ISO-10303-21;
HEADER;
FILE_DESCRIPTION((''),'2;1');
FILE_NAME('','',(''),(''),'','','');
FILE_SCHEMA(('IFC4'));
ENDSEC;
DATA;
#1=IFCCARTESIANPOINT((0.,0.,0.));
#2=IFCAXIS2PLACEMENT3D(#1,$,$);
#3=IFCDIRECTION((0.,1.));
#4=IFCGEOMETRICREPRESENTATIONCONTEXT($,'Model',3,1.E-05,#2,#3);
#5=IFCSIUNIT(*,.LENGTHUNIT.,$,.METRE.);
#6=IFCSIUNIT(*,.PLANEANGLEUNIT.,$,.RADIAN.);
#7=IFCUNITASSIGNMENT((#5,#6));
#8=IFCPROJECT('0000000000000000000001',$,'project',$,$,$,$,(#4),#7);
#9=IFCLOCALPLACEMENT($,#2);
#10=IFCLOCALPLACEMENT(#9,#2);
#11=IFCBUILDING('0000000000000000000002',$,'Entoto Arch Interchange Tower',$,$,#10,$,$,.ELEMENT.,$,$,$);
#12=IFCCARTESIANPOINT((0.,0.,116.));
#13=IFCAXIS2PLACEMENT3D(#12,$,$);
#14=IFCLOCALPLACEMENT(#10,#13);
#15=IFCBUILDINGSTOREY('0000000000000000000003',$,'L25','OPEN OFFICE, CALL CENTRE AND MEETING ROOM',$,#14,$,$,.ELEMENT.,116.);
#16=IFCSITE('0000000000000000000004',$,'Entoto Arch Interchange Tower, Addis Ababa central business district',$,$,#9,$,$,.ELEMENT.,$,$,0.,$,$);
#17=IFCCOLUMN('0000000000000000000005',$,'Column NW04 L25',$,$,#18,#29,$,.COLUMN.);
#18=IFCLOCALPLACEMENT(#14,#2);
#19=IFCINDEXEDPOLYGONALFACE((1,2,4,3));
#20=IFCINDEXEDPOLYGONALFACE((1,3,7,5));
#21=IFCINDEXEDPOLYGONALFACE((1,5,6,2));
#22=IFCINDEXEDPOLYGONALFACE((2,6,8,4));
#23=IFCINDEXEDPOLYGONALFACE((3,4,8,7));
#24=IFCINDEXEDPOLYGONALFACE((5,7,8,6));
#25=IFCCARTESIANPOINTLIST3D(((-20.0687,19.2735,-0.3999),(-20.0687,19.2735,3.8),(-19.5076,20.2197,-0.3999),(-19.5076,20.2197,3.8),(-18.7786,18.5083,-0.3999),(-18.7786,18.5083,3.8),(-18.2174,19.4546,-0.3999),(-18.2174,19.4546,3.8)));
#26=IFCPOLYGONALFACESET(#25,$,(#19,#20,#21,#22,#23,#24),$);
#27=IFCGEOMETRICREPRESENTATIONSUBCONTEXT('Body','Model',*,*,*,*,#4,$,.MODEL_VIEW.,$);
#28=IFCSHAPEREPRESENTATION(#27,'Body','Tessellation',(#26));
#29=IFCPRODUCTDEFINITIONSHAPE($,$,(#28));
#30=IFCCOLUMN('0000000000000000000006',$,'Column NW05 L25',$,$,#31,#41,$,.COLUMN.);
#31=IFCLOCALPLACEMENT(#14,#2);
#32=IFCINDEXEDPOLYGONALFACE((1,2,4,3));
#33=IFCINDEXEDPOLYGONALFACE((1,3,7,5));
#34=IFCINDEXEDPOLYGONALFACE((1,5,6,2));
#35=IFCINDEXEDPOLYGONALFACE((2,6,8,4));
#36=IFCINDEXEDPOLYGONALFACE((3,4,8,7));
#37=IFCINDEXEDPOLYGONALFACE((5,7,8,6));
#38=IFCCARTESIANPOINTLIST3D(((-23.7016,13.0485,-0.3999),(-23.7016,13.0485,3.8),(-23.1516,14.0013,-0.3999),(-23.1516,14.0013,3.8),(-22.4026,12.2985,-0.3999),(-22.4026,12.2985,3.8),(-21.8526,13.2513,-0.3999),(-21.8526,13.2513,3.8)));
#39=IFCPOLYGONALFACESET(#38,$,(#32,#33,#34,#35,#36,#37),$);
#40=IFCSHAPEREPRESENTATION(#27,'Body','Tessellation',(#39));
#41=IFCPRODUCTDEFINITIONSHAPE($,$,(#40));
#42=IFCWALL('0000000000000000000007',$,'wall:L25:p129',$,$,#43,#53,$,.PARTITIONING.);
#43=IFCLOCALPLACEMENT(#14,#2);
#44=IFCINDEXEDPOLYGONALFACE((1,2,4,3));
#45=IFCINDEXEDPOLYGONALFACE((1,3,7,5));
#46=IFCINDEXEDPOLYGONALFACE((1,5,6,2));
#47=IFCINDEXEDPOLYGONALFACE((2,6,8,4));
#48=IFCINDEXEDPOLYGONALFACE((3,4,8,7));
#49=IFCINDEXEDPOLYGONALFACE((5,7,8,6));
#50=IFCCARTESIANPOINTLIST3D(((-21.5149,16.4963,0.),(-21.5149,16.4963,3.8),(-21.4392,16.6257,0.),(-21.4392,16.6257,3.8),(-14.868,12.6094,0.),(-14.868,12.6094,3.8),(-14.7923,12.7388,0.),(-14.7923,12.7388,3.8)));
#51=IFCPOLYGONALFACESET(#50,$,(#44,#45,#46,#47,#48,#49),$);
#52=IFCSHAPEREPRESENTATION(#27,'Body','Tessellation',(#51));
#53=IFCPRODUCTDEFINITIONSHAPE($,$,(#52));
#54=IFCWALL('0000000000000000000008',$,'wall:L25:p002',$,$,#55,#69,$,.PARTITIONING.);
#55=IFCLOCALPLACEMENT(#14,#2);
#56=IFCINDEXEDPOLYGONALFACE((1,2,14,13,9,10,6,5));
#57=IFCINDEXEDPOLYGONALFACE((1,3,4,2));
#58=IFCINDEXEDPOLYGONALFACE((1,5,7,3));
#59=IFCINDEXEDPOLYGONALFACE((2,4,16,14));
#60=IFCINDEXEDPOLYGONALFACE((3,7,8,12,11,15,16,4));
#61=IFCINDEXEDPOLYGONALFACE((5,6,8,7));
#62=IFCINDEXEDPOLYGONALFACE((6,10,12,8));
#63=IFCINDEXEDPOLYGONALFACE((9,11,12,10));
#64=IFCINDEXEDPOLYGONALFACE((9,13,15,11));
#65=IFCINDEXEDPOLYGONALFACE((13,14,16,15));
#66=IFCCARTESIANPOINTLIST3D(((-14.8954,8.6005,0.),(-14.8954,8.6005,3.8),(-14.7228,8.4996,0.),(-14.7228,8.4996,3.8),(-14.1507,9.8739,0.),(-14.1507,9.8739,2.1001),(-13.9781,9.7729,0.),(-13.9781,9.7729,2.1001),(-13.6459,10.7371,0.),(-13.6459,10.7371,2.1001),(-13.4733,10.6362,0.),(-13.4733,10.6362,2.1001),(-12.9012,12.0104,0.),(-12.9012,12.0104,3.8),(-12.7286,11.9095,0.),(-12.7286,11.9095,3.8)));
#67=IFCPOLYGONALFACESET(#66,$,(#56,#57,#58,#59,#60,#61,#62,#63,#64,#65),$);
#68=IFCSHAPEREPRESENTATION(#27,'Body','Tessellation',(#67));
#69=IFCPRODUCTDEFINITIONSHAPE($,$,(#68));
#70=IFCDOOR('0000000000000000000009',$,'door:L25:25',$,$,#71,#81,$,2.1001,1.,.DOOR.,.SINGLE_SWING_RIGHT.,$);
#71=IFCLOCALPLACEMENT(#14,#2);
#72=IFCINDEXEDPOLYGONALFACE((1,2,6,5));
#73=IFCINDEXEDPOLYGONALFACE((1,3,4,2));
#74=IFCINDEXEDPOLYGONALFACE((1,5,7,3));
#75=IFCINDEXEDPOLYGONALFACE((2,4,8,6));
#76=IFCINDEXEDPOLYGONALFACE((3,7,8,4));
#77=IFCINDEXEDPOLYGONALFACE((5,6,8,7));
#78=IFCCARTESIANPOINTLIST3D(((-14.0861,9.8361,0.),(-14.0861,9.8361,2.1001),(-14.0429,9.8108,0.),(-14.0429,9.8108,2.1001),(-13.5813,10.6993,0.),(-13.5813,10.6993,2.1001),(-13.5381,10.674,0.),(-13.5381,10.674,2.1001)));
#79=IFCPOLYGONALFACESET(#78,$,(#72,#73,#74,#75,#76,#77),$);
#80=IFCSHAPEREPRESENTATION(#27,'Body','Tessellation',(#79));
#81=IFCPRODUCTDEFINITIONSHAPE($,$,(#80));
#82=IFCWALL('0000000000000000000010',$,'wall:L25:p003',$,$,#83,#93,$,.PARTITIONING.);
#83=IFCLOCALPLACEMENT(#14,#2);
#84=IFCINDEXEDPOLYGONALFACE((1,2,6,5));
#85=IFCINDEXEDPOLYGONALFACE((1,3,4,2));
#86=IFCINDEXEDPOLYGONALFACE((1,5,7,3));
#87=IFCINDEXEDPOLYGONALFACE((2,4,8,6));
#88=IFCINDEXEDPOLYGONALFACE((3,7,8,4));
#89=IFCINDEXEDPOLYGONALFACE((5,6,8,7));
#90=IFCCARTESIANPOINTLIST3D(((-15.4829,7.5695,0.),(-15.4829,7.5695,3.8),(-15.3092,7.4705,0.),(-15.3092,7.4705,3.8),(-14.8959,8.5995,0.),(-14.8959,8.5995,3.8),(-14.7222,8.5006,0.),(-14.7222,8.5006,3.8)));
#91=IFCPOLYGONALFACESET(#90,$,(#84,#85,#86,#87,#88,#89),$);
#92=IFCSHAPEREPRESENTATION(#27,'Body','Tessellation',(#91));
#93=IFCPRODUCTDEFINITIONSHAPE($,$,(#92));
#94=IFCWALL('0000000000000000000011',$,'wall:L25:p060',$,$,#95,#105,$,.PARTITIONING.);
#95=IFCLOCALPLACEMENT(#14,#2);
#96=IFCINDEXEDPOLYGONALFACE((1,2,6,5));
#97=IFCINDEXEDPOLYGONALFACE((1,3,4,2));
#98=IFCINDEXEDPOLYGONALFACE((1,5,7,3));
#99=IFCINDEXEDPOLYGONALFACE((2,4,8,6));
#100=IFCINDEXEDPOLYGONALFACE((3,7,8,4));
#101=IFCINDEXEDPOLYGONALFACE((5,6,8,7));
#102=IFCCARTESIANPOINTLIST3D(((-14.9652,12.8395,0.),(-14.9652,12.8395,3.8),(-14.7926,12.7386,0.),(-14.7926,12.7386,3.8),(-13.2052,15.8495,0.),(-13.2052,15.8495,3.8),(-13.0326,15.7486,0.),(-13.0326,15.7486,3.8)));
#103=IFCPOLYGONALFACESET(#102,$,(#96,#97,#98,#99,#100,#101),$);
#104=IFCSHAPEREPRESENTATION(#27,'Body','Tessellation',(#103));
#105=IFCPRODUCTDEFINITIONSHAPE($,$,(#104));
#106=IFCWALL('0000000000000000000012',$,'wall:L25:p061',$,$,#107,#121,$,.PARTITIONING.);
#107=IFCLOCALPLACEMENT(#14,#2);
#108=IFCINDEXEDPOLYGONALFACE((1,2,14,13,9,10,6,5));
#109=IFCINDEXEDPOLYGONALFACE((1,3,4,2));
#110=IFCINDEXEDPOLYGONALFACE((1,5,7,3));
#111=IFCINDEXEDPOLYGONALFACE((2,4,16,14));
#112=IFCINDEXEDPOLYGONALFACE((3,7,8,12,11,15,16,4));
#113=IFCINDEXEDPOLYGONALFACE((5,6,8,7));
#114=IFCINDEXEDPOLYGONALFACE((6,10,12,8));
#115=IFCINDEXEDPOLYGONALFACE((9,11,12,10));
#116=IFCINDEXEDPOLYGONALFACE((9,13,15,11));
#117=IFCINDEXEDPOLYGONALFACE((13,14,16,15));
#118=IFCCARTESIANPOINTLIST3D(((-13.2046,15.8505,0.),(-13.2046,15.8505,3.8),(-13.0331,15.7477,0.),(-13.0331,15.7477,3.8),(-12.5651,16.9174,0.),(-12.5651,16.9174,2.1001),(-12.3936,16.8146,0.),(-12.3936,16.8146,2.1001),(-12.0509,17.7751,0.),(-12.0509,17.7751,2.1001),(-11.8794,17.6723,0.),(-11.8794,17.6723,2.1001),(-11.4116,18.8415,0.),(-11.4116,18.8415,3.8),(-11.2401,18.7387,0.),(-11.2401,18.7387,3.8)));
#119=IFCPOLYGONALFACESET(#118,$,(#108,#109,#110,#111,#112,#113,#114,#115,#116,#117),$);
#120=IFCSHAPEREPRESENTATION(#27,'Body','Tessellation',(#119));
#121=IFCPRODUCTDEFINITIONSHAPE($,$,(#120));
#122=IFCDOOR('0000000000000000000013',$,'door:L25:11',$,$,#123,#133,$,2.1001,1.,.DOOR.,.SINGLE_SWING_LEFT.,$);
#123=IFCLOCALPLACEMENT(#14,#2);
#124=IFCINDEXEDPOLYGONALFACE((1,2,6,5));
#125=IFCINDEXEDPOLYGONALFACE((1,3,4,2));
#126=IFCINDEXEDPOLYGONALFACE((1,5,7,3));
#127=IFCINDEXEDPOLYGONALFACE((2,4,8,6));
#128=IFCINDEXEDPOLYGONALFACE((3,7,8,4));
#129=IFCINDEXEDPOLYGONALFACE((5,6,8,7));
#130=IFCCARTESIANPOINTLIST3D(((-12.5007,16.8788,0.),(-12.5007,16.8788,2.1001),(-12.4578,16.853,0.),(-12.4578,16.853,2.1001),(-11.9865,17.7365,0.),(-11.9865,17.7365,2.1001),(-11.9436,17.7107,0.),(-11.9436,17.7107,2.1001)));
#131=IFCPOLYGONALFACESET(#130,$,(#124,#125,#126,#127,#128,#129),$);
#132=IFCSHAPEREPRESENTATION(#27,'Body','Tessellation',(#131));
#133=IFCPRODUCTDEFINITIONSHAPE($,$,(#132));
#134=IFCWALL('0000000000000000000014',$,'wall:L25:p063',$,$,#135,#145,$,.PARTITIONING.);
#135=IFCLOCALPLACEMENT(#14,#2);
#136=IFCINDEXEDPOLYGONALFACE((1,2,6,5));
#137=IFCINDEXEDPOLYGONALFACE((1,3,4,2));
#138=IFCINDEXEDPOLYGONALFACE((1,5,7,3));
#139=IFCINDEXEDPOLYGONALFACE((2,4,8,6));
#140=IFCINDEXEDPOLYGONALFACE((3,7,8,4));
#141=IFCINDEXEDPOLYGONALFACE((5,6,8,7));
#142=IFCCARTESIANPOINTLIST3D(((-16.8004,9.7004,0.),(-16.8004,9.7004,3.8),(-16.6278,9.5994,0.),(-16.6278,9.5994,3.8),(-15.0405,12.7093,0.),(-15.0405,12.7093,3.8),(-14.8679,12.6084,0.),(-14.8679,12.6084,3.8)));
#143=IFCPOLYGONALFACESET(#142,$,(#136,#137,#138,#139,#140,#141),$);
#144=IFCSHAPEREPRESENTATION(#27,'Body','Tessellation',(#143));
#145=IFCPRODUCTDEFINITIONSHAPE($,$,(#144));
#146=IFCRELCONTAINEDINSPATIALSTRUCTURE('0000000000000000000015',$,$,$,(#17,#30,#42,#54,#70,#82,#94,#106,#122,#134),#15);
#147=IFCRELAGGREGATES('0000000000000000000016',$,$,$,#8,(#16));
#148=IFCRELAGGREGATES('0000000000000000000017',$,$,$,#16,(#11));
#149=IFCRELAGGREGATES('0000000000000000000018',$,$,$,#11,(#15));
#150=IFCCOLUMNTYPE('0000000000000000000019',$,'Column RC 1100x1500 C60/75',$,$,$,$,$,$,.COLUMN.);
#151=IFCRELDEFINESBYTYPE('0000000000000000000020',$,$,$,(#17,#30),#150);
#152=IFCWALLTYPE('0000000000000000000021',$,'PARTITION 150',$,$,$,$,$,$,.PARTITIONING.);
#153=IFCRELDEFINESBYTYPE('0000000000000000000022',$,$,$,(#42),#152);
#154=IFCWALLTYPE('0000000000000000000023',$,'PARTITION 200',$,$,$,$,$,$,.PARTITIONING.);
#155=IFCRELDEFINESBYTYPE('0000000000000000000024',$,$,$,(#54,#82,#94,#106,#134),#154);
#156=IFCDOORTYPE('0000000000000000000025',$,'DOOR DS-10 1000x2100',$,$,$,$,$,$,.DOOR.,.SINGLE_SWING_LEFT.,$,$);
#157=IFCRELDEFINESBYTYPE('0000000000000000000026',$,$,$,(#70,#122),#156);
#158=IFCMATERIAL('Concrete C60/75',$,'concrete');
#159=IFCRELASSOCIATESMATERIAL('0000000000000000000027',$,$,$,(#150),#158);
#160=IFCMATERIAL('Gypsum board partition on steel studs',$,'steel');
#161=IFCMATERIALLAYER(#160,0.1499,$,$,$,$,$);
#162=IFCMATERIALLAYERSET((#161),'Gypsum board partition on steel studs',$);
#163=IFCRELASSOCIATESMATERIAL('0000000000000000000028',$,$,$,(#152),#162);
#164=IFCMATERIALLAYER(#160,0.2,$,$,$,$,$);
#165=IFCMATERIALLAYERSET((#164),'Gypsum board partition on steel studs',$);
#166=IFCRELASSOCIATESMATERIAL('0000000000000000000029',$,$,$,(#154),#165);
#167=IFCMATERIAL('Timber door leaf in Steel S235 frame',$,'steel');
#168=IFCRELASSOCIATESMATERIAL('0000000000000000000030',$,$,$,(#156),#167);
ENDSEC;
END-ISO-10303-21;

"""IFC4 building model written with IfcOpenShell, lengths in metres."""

from ifc_helpers import new_model, si_unit, direction, frame, frame_2d, origin, origin_2d, place, context, subcontext, project, spatial, rectangle, extrude, material, layer, layer_set, material_profile, profile_set, type_object, element, fill, save


model = new_model("IFC4")

# Units and contexts
model_context = context("Model", 3, precision=1e-05, world=origin(), true_north=direction((0.0, 1.0)))
body_context = subcontext(model_context, "Body", "Model", "MODEL_VIEW")
ifc_project = project(units=[si_unit("LENGTHUNIT", "METRE"), si_unit("PLANEANGLEUNIT", "RADIAN")], contexts=[model_context])

# Site, building, storey
site_placement = place(None, origin())
site = spatial("IfcSite", under=ifc_project, at=site_placement, Name="Entoto Arch Interchange Tower, Addis Ababa central business district", CompositionType="ELEMENT", RefElevation=0.0)
building_placement = place(site_placement, origin())
building = spatial("IfcBuilding", under=site, at=building_placement, Name="Entoto Arch Interchange Tower", CompositionType="ELEMENT")
storey_placement = place(building_placement, frame((0.0, 0.0, 116.0)))
storey = spatial("IfcBuildingStorey", under=building, at=storey_placement, Name="L25", Description="OPEN OFFICE, CALL CENTRE AND MEETING ROOM", CompositionType="ELEMENT", Elevation=116.0)

# Columns
ifc_material_1 = material(Name="Concrete C60/75", Category="concrete")
ifc_material_profile = material_profile(ifc_material_1, rectangle(XDim=1.1001, YDim=1.5, at=origin_2d()))
ifc_profile_set = profile_set([ifc_material_profile], Name="Concrete C60/75")
column_type = type_object("IfcColumnType", Name="Column RC 1100x1500 C60/75", PredefinedType="COLUMN", material=ifc_profile_set)
for number, where, z_axis, x_axis, name in (
    (1, (-19.1431, 19.364, -0.3999), (0.0, 0.0, 1.0), (0.510093, 0.860119, 0.0), "Column NW04 L25"),
    (2, (-22.7771, 13.1499, -0.3999), (0.0, 0.0, 1.0), (0.5, 0.866025, 0.0), "Column NW05 L25"),
):
    element("IfcColumn", number, at=place(storey_placement, frame(where, z_axis=z_axis, x_axis=x_axis)), inside=storey, type_object=column_type, Name=name, PredefinedType="COLUMN", context=body_context, shape_type="SweptSolid", body=[
        extrude(rectangle(XDim=1.1001, YDim=1.5, at=origin_2d()), origin(), (0.0, 0.0, 1.0), 4.2),
    ])

# Wall
ifc_material_2 = material(Name="Gypsum board partition on steel studs", Category="steel")
ifc_layer_1 = layer(ifc_material_2, 0.1499)
ifc_layer_set_1 = layer_set([ifc_layer_1], Name="Gypsum board partition on steel studs")
wall_type_1 = type_object("IfcWallType", Name="PARTITION 150", PredefinedType="PARTITIONING", material=ifc_layer_set_1)
wall_1_placement = place(storey_placement, frame((-14.8301, 12.6741, 0.0), z_axis=(0.0, 0.0, 1.0), x_axis=(-0.863238, 0.504797, 0.0)))
element("IfcWall", 3, at=wall_1_placement, inside=storey, type_object=wall_type_1, Name="wall:L25:p129", PredefinedType="PARTITIONING", context=body_context, shape_type="SweptSolid", body=[
    extrude(rectangle(XDim=7.7, YDim=0.1499, at=frame_2d((3.8501, 0.0))), origin(), (0.0, 0.0, 1.0), 3.8),
])

# Wall, opening, door
ifc_layer_2 = layer(ifc_material_2, 0.2)
ifc_layer_set_2 = layer_set([ifc_layer_2], Name="Gypsum board partition on steel studs")
wall_type_2 = type_object("IfcWallType", Name="PARTITION 200", PredefinedType="PARTITIONING", material=ifc_layer_set_2)
wall_2_placement = place(storey_placement, frame((-12.8149, 11.96, 0.0), z_axis=(0.0, 0.0, 1.0), x_axis=(-0.50482, -0.863225, 0.0)))
wall_2 = element("IfcWall", 4, at=wall_2_placement, inside=storey, type_object=wall_type_2, Name="wall:L25:p002", PredefinedType="PARTITIONING", context=body_context, shape_type="SweptSolid", body=[
    extrude(rectangle(XDim=3.9502, YDim=0.2, at=frame_2d((1.9751, 0.0))), origin(), (0.0, 0.0, 1.0), 3.8),
])
opening_1_placement = place(wall_2_placement, frame((1.4751, 0.0, 0.0)))
opening_1 = element("IfcOpeningElement", 5, at=opening_1_placement, cuts=wall_2, PredefinedType="OPENING", context=body_context, shape_type="SweptSolid", body=[
    extrude(rectangle(XDim=1.0, YDim=2.1001, at=frame_2d((0.5, 1.05))), frame((0.0, 0.1099, 0.0), z_axis=(0.0, -1.0, 0.0), x_axis=(1.0, 0.0, 0.0)), (0.0, 0.0, 1.0), 0.22),
])
ifc_material_3 = material(Name="Timber door leaf in Steel S235 frame", Category="steel")
door_type = type_object("IfcDoorType", Name="DOOR DS-10 1000x2100", OperationType="SINGLE_SWING_LEFT", PredefinedType="DOOR", material=ifc_material_3)
door_1_placement = place(opening_1_placement, origin())
door_1 = element("IfcDoor", 6, at=door_1_placement, inside=storey, type_object=door_type, Name="door:L25:25", OperationType="SINGLE_SWING_RIGHT", OverallHeight=2.1001, OverallWidth=1.0, PredefinedType="DOOR", context=body_context, shape_type="SweptSolid", body=[
    extrude(rectangle(XDim=1.0, YDim=2.1001, at=frame_2d((0.5, 1.05))), frame((0.0, 0.0249, 0.0), z_axis=(0.0, -1.0, 0.0), x_axis=(1.0, 0.0, 0.0)), (0.0, 0.0, 1.0), 0.05),
])
fill(opening_1, door_1)

# Walls
wall_3_placement = place(storey_placement, frame((-14.8091, 8.55, 0.0), z_axis=(0.0, 0.0, 1.0), x_axis=(-0.495074, -0.868851, 0.0)))
element("IfcWall", 7, at=wall_3_placement, inside=storey, type_object=wall_type_2, Name="wall:L25:p003", PredefinedType="PARTITIONING", context=body_context, shape_type="SweptSolid", body=[
    extrude(rectangle(XDim=1.1855, YDim=0.2, at=frame_2d((0.5928, 0.0))), origin(), (0.0, 0.0, 1.0), 3.8),
])
wall_4_placement = place(storey_placement, frame((-14.8789, 12.7891, 0.0), z_axis=(0.0, 0.0, 1.0), x_axis=(0.504763, 0.863258, 0.0)))
element("IfcWall", 8, at=wall_4_placement, inside=storey, type_object=wall_type_2, Name="wall:L25:p060", PredefinedType="PARTITIONING", context=body_context, shape_type="SweptSolid", body=[
    extrude(rectangle(XDim=3.4868, YDim=0.2, at=frame_2d((1.7434, 0.0))), origin(), (0.0, 0.0, 1.0), 3.8),
])

# Wall, opening, door
wall_5_placement = place(storey_placement, frame((-13.1189, 15.7991, 0.0), z_axis=(0.0, 0.0, 1.0), x_axis=(0.514156, 0.857697, 0.0)))
wall_5 = element("IfcWall", 9, at=wall_5_placement, inside=storey, type_object=wall_type_2, Name="wall:L25:p061", PredefinedType="PARTITIONING", context=body_context, shape_type="SweptSolid", body=[
    extrude(rectangle(XDim=3.4873, YDim=0.2, at=frame_2d((1.7437, 0.0))), origin(), (0.0, 0.0, 1.0), 3.8),
])
opening_2_placement = place(wall_5_placement, frame((1.2439, 0.0, 0.0)))
opening_2 = element("IfcOpeningElement", 10, at=opening_2_placement, cuts=wall_5, PredefinedType="OPENING", context=body_context, shape_type="SweptSolid", body=[
    extrude(rectangle(XDim=1.0, YDim=2.1001, at=frame_2d((0.5, 1.05))), frame((0.0, 0.1099, 0.0), z_axis=(0.0, -1.0, 0.0), x_axis=(1.0, 0.0, 0.0)), (0.0, 0.0, 1.0), 0.22),
])
door_2_placement = place(opening_2_placement, origin())
door_2 = element("IfcDoor", 11, at=door_2_placement, inside=storey, type_object=door_type, Name="door:L25:11", OperationType="SINGLE_SWING_LEFT", OverallHeight=2.1001, OverallWidth=1.0, PredefinedType="DOOR", context=body_context, shape_type="SweptSolid", body=[
    extrude(rectangle(XDim=1.0, YDim=2.1001, at=frame_2d((0.5, 1.05))), frame((0.0, 0.0249, 0.0), z_axis=(0.0, -1.0, 0.0), x_axis=(1.0, 0.0, 0.0)), (0.0, 0.0, 1.0), 0.05),
])
fill(opening_2, door_2)

# Wall
wall_6_placement = place(storey_placement, frame((-16.7141, 9.6499, 0.0), z_axis=(0.0, 0.0, 1.0), x_axis=(0.504885, 0.863186, 0.0)))
element("IfcWall", 12, at=wall_6_placement, inside=storey, type_object=wall_type_2, Name="wall:L25:p063", PredefinedType="PARTITIONING", context=body_context, shape_type="SweptSolid", body=[
    extrude(rectangle(XDim=3.4858, YDim=0.2, at=frame_2d((1.7429, 0.0))), origin(), (0.0, 0.0, 1.0), 3.8),
])

save(model, "model.ifc")
